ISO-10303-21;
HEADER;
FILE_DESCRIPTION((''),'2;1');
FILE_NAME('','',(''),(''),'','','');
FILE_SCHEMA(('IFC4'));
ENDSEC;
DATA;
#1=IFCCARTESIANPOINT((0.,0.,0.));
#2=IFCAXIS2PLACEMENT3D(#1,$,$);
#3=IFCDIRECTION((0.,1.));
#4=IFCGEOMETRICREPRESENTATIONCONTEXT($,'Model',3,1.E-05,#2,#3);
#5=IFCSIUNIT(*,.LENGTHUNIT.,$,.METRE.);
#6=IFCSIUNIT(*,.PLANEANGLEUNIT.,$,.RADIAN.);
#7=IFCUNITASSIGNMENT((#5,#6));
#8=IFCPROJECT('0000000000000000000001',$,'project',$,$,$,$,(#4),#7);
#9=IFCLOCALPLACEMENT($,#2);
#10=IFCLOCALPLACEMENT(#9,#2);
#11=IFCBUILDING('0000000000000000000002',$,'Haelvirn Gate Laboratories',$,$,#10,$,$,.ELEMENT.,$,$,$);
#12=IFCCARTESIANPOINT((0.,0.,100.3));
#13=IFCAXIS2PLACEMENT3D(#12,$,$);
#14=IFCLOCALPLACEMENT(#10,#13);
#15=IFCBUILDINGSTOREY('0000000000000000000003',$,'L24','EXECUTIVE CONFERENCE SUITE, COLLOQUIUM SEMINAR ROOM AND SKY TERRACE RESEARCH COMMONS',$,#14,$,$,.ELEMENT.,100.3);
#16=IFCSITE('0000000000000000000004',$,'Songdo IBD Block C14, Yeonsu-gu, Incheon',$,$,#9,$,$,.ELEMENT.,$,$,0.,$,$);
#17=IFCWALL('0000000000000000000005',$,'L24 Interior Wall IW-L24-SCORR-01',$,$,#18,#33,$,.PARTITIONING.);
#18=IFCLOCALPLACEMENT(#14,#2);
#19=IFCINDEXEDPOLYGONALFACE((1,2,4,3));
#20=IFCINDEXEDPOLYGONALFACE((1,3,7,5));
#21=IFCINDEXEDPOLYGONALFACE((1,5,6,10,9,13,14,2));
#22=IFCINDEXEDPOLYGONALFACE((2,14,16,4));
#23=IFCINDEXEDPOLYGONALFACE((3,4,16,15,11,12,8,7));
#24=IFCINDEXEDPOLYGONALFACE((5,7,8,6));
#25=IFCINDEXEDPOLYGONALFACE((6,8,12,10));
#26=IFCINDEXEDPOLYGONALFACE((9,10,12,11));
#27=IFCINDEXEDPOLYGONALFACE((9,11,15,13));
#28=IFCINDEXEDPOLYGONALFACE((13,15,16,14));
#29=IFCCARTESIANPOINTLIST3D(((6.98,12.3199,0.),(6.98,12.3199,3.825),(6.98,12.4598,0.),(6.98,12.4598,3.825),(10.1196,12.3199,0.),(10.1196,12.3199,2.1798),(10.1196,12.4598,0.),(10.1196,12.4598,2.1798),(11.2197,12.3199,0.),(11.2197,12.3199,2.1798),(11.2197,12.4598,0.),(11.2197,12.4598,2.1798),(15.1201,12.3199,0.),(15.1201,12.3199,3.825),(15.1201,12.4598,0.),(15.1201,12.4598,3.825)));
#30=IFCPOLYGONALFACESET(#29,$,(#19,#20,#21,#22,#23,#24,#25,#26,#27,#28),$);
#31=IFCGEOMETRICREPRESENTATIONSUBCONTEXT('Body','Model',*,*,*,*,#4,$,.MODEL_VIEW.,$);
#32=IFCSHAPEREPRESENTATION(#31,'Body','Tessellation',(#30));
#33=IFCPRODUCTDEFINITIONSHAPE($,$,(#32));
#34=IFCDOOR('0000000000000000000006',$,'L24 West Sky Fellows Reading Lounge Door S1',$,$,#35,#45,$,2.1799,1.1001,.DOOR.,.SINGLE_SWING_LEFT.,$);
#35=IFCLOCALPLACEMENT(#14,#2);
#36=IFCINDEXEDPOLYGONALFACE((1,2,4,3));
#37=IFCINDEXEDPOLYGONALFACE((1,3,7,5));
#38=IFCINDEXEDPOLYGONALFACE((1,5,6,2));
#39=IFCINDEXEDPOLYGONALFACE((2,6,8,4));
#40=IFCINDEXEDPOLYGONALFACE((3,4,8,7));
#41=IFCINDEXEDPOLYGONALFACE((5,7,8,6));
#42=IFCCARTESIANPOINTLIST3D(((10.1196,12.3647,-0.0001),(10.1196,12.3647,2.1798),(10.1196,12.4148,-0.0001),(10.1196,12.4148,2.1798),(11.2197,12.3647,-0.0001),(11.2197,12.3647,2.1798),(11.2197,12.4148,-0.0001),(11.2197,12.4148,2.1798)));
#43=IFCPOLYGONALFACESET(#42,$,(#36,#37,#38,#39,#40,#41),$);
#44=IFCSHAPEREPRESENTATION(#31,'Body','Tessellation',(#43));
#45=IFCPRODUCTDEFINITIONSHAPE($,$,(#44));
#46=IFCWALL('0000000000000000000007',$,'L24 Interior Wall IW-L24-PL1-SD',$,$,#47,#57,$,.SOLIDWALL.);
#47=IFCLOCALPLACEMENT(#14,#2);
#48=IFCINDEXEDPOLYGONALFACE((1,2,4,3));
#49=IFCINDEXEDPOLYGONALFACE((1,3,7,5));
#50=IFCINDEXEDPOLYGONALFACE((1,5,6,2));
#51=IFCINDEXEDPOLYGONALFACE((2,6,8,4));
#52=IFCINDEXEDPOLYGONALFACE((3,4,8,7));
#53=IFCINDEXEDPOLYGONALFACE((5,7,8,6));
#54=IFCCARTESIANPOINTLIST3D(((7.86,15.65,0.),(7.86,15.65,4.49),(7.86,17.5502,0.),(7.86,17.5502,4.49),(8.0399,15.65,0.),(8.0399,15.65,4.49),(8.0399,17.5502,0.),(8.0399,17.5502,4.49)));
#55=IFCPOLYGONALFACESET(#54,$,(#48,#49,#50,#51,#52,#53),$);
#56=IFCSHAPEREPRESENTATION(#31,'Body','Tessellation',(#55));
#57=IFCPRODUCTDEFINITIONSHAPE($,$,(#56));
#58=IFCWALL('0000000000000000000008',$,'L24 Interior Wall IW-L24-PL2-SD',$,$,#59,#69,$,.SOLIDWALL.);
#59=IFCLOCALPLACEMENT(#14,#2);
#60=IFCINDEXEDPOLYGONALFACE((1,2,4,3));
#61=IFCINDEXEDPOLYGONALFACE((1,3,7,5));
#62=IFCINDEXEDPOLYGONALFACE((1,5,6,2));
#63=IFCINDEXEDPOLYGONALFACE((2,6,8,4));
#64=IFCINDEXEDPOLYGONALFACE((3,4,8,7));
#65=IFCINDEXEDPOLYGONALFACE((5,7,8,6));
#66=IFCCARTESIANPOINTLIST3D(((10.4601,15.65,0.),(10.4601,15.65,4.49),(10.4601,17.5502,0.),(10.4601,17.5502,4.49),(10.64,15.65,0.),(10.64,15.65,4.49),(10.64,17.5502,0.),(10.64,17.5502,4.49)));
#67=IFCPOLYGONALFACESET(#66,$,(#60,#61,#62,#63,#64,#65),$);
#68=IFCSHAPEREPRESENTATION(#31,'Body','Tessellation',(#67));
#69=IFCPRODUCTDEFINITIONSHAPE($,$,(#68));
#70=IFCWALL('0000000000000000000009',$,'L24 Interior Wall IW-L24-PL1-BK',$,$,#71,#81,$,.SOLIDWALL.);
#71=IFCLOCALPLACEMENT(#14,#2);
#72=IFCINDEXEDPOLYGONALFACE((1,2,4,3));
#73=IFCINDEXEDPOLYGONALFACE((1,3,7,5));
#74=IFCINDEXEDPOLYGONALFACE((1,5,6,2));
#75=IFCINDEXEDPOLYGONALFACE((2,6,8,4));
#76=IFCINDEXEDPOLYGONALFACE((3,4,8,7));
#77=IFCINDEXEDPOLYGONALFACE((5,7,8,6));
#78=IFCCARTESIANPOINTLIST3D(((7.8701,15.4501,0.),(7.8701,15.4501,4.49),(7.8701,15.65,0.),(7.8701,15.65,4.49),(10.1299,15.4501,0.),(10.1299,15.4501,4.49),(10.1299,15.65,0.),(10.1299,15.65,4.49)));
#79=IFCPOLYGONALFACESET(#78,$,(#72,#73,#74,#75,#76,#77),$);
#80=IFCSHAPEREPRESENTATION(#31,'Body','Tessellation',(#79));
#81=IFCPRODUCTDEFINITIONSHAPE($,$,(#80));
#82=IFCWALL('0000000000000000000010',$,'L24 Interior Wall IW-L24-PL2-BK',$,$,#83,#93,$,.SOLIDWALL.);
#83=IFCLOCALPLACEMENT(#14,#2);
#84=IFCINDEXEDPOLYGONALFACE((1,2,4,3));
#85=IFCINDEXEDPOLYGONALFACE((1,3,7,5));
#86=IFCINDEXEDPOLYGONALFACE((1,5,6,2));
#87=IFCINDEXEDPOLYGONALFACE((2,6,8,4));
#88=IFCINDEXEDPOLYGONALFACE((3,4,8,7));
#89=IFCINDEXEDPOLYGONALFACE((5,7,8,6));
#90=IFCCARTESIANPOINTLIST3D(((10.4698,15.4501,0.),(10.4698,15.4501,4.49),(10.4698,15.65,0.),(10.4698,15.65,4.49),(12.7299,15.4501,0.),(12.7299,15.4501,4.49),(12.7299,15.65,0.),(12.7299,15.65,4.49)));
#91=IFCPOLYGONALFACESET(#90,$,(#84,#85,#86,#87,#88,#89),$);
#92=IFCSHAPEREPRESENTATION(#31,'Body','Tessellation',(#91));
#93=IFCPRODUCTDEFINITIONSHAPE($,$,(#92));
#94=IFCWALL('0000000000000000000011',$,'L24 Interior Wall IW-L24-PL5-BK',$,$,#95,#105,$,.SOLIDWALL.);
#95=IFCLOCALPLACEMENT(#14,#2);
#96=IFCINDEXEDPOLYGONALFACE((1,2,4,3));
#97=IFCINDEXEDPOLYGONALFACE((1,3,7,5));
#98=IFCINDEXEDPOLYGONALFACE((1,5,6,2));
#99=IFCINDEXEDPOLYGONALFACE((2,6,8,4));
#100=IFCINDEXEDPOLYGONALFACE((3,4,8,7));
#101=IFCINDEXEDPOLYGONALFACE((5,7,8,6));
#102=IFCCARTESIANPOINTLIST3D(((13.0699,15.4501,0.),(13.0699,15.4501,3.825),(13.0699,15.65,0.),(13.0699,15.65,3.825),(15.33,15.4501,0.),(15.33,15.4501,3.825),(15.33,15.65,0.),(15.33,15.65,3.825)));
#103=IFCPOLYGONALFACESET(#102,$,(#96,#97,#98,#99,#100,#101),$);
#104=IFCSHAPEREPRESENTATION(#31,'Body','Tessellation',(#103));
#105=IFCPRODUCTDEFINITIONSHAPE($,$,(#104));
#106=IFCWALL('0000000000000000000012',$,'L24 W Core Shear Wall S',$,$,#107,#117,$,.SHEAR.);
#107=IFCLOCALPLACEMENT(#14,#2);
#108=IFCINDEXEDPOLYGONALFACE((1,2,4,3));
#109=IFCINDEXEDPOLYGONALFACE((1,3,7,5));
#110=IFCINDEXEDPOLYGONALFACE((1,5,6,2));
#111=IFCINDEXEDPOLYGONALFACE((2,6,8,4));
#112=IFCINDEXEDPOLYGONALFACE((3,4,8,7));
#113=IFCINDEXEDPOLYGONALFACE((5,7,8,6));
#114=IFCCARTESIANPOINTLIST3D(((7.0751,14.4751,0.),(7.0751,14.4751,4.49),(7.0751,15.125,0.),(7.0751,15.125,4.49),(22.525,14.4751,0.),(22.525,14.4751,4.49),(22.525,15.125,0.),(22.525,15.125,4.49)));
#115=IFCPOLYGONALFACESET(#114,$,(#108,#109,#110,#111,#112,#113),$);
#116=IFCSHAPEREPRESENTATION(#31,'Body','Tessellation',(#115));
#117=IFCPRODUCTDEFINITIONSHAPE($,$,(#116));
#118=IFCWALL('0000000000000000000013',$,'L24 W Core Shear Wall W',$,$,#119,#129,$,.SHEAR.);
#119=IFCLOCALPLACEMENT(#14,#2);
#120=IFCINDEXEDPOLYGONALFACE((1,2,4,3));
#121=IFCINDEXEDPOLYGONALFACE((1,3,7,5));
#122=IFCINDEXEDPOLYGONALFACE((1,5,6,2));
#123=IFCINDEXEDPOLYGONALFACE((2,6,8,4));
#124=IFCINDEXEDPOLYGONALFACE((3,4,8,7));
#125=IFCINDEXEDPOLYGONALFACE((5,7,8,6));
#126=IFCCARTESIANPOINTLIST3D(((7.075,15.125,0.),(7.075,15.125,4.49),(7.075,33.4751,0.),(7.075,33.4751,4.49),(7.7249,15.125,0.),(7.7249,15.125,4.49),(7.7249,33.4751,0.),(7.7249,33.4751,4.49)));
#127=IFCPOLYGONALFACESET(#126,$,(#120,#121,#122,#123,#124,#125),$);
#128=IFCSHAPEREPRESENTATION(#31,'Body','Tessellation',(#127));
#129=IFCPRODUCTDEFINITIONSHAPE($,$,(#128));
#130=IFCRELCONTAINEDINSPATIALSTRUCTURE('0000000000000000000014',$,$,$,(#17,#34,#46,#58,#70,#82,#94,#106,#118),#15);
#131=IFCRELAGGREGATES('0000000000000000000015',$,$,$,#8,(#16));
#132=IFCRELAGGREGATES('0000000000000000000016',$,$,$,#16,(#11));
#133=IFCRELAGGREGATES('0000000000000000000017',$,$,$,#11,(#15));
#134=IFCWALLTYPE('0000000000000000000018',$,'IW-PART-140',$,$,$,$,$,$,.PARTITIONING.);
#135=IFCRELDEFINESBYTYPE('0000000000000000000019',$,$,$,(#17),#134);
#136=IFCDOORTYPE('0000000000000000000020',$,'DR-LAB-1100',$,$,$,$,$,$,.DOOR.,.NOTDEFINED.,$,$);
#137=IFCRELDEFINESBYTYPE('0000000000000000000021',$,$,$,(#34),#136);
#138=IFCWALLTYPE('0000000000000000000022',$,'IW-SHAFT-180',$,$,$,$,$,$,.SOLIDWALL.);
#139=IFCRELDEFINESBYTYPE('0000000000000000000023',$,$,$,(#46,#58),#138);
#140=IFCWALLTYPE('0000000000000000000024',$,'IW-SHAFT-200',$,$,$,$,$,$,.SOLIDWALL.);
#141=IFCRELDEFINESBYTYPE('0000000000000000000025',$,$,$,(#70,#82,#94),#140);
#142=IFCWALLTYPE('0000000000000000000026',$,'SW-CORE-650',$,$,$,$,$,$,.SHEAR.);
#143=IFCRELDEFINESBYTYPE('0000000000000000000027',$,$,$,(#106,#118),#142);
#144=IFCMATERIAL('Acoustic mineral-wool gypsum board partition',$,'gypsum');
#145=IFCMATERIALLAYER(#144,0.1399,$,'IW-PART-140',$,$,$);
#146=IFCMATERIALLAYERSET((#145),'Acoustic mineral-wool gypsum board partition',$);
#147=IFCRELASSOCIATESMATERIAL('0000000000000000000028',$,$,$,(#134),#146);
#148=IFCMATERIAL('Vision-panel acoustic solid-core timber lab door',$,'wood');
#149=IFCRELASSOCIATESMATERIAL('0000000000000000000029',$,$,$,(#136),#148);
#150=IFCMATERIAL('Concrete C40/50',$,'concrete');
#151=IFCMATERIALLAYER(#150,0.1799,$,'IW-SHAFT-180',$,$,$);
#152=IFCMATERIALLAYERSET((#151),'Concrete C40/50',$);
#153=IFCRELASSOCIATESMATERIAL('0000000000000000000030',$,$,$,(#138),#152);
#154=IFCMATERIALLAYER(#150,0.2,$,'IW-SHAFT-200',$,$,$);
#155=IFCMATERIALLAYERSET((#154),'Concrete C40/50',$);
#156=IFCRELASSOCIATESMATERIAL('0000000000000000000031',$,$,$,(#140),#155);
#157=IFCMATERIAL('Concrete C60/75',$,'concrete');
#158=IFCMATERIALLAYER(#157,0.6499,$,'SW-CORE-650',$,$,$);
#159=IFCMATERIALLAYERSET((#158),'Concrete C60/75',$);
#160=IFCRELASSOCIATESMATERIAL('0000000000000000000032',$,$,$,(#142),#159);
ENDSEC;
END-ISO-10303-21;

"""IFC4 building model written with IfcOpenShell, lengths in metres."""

from ifc_helpers import new_model, si_unit, direction, frame, frame_2d, origin, place, context, subcontext, project, spatial, rectangle, extrude, source, transform, mapped, material, layer, layer_set, type_object, type_shapes, element, fill, save


model = new_model("IFC4")

# Units and contexts
model_context = context("Model", 3, precision=1e-05, world=origin(), true_north=direction((0.0, 1.0)))
body_context = subcontext(model_context, "Body", "Model", "MODEL_VIEW")
ifc_project = project(units=[si_unit("LENGTHUNIT", "METRE"), si_unit("PLANEANGLEUNIT", "RADIAN")], contexts=[model_context])

# Site, building, storey
site_placement = place(None, origin())
site = spatial("IfcSite", under=ifc_project, at=site_placement, Name="Songdo IBD Block C14, Yeonsu-gu, Incheon", CompositionType="ELEMENT", RefElevation=0.0)
building_placement = place(site_placement, origin())
building = spatial("IfcBuilding", under=site, at=building_placement, Name="Haelvirn Gate Laboratories", CompositionType="ELEMENT")
storey_placement = place(building_placement, frame((0.0, 0.0, 100.3)))
storey = spatial("IfcBuildingStorey", under=building, at=storey_placement, Name="L24", Description="EXECUTIVE CONFERENCE SUITE, COLLOQUIUM SEMINAR ROOM AND SKY TERRACE RESEARCH COMMONS", CompositionType="ELEMENT", Elevation=100.3)

# Shared definitions
ifc_material_1 = material(Name="Concrete C60/75", Category="concrete")

# Wall, opening, door
ifc_material_2 = material(Name="Acoustic mineral-wool gypsum board partition", Category="gypsum")
ifc_layer_1 = layer(ifc_material_2, 0.1399, Name="IW-PART-140")
ifc_layer_set_1 = layer_set([ifc_layer_1], Name="Acoustic mineral-wool gypsum board partition")
wall_type_1 = type_object("IfcWallType", Name="IW-PART-140", PredefinedType="PARTITIONING", material=ifc_layer_set_1)
wall_1_placement = place(storey_placement, frame((6.98, 12.3899, 0.0), z_axis=(0.0, 0.0, 1.0), x_axis=(1.0, 0.0, 0.0)))
wall_1 = element("IfcWall", 1, at=wall_1_placement, inside=storey, type_object=wall_type_1, Name="L24 Interior Wall IW-L24-SCORR-01", PredefinedType="PARTITIONING", context=body_context, shape_type="SweptSolid", body=[
    extrude(rectangle(XDim=8.1401, YDim=0.1399, at=frame_2d((4.0701, 0.0))), origin(), (0.0, 0.0, 1.0), 3.825),
])
opening_1_placement = place(wall_1_placement, frame((3.1396, 0.0, 0.0)))
opening_1 = element("IfcOpeningElement", 2, at=opening_1_placement, cuts=wall_1, PredefinedType="OPENING", context=body_context, shape_type="SweptSolid", body=[
    extrude(rectangle(XDim=1.1001, YDim=2.1799, at=frame_2d((0.55, 1.0898))), frame((0.0, 0.0801, 0.0), z_axis=(0.0, -1.0, 0.0), x_axis=(1.0, 0.0, 0.0)), (0.0, 0.0, 1.0), 0.1599),
])
ifc_material_3 = material(Name="Vision-panel acoustic solid-core timber lab door", Category="wood")
door_type_1 = type_object("IfcDoorType", Name="DR-LAB-1100", OperationType="NOTDEFINED", PredefinedType="DOOR", material=ifc_material_3)
shared_shape_1 = source(origin(), body_context, "Body", "SweptSolid", [
    extrude(rectangle(XDim=1.1001, YDim=2.1799, at=frame_2d((0.55, 1.0898))), frame((0.0, 0.0249, 0.0), z_axis=(0.0, -1.0, 0.0), x_axis=(1.0, 0.0, 0.0)), (0.0, 0.0, 1.0), 0.05),
])
type_shapes(door_type_1, [shared_shape_1])
door_1_placement = place(opening_1_placement, origin())
door_1 = element("IfcDoor", 3, at=door_1_placement, inside=storey, type_object=door_type_1, Name="L24 West Sky Fellows Reading Lounge Door S1", OperationType="SINGLE_SWING_LEFT", OverallHeight=2.1799, OverallWidth=1.1001, PredefinedType="DOOR", context=body_context, shape_type="MappedRepresentation", body=[
    mapped(shared_shape_1, transform((0.0, 0.0, 0.0), scale=1.0)),
])
fill(opening_1, door_1)

# Walls
ifc_material_4 = material(Name="Concrete C40/50", Category="concrete")
ifc_layer_2 = layer(ifc_material_4, 0.1799, Name="IW-SHAFT-180")
ifc_layer_set_2 = layer_set([ifc_layer_2], Name="Concrete C40/50")
wall_type_2 = type_object("IfcWallType", Name="IW-SHAFT-180", PredefinedType="SOLIDWALL", material=ifc_layer_set_2)
for number, where, z_axis, x_axis, name in (
    (4, (7.95, 15.6499, 0.0), (0.0, 0.0, 1.0), (0.0, 1.0, 0.0), "L24 Interior Wall IW-L24-PL1-SD"),
    (5, (10.55, 15.6499, 0.0), (0.0, 0.0, 1.0), (0.0, 1.0, 0.0), "L24 Interior Wall IW-L24-PL2-SD"),
):
    element("IfcWall", number, at=place(storey_placement, frame(where, z_axis=z_axis, x_axis=x_axis)), inside=storey, type_object=wall_type_2, Name=name, PredefinedType="SOLIDWALL", context=body_context, shape_type="SweptSolid", body=[
        extrude(rectangle(XDim=1.9001, YDim=0.1799, at=frame_2d((0.9502, 0.0))), origin(), (0.0, 0.0, 1.0), 4.49),
    ])
ifc_layer_3 = layer(ifc_material_4, 0.2, Name="IW-SHAFT-200")
ifc_layer_set_3 = layer_set([ifc_layer_3], Name="Concrete C40/50")
wall_type_3 = type_object("IfcWallType", Name="IW-SHAFT-200", PredefinedType="SOLIDWALL", material=ifc_layer_set_3)
wall_2_placement = place(storey_placement, frame((7.8701, 15.55, 0.0), z_axis=(0.0, 0.0, 1.0), x_axis=(1.0, 0.0, 0.0)))
element("IfcWall", 6, at=wall_2_placement, inside=storey, type_object=wall_type_3, Name="L24 Interior Wall IW-L24-PL1-BK", PredefinedType="SOLIDWALL", context=body_context, shape_type="SweptSolid", body=[
    extrude(rectangle(XDim=2.2598, YDim=0.2, at=frame_2d((1.1299, 0.0))), origin(), (0.0, 0.0, 1.0), 4.49),
])
wall_3_placement = place(storey_placement, frame((10.47, 15.55, 0.0), z_axis=(0.0, 0.0, 1.0), x_axis=(1.0, 0.0, 0.0)))
element("IfcWall", 7, at=wall_3_placement, inside=storey, type_object=wall_type_3, Name="L24 Interior Wall IW-L24-PL2-BK", PredefinedType="SOLIDWALL", context=body_context, shape_type="SweptSolid", body=[
    extrude(rectangle(XDim=2.26, YDim=0.2, at=frame_2d((1.1299, 0.0))), origin(), (0.0, 0.0, 1.0), 4.49),
])
wall_4_placement = place(storey_placement, frame((13.0701, 15.55, 0.0), z_axis=(0.0, 0.0, 1.0), x_axis=(1.0, 0.0, 0.0)))
element("IfcWall", 8, at=wall_4_placement, inside=storey, type_object=wall_type_3, Name="L24 Interior Wall IW-L24-PL5-BK", PredefinedType="SOLIDWALL", context=body_context, shape_type="SweptSolid", body=[
    extrude(rectangle(XDim=2.26, YDim=0.2, at=frame_2d((1.1299, 0.0))), origin(), (0.0, 0.0, 1.0), 3.825),
])
ifc_layer_4 = layer(ifc_material_1, 0.6499, Name="SW-CORE-650")
ifc_layer_set_4 = layer_set([ifc_layer_4], Name="Concrete C60/75")
wall_type_4 = type_object("IfcWallType", Name="SW-CORE-650", PredefinedType="SHEAR", material=ifc_layer_set_4)
wall_5_placement = place(storey_placement, frame((7.075, 14.8, 0.0), z_axis=(0.0, 0.0, 1.0), x_axis=(1.0, 0.0, 0.0)))
element("IfcWall", 9, at=wall_5_placement, inside=storey, type_object=wall_type_4, Name="L24 W Core Shear Wall S", PredefinedType="SHEAR", context=body_context, shape_type="SweptSolid", body=[
    extrude(rectangle(XDim=15.45, YDim=0.6499, at=frame_2d((7.7251, 0.0))), origin(), (0.0, 0.0, 1.0), 4.49),
])
wall_6_placement = place(storey_placement, frame((7.3999, 15.125, 0.0), z_axis=(0.0, 0.0, 1.0), x_axis=(0.0, 1.0, 0.0)))
element("IfcWall", 10, at=wall_6_placement, inside=storey, type_object=wall_type_4, Name="L24 W Core Shear Wall W", PredefinedType="SHEAR", context=body_context, shape_type="SweptSolid", body=[
    extrude(rectangle(XDim=18.3501, YDim=0.6499, at=frame_2d((9.175, 0.0))), origin(), (0.0, 0.0, 1.0), 4.49),
])

save(model, "model.ifc")
